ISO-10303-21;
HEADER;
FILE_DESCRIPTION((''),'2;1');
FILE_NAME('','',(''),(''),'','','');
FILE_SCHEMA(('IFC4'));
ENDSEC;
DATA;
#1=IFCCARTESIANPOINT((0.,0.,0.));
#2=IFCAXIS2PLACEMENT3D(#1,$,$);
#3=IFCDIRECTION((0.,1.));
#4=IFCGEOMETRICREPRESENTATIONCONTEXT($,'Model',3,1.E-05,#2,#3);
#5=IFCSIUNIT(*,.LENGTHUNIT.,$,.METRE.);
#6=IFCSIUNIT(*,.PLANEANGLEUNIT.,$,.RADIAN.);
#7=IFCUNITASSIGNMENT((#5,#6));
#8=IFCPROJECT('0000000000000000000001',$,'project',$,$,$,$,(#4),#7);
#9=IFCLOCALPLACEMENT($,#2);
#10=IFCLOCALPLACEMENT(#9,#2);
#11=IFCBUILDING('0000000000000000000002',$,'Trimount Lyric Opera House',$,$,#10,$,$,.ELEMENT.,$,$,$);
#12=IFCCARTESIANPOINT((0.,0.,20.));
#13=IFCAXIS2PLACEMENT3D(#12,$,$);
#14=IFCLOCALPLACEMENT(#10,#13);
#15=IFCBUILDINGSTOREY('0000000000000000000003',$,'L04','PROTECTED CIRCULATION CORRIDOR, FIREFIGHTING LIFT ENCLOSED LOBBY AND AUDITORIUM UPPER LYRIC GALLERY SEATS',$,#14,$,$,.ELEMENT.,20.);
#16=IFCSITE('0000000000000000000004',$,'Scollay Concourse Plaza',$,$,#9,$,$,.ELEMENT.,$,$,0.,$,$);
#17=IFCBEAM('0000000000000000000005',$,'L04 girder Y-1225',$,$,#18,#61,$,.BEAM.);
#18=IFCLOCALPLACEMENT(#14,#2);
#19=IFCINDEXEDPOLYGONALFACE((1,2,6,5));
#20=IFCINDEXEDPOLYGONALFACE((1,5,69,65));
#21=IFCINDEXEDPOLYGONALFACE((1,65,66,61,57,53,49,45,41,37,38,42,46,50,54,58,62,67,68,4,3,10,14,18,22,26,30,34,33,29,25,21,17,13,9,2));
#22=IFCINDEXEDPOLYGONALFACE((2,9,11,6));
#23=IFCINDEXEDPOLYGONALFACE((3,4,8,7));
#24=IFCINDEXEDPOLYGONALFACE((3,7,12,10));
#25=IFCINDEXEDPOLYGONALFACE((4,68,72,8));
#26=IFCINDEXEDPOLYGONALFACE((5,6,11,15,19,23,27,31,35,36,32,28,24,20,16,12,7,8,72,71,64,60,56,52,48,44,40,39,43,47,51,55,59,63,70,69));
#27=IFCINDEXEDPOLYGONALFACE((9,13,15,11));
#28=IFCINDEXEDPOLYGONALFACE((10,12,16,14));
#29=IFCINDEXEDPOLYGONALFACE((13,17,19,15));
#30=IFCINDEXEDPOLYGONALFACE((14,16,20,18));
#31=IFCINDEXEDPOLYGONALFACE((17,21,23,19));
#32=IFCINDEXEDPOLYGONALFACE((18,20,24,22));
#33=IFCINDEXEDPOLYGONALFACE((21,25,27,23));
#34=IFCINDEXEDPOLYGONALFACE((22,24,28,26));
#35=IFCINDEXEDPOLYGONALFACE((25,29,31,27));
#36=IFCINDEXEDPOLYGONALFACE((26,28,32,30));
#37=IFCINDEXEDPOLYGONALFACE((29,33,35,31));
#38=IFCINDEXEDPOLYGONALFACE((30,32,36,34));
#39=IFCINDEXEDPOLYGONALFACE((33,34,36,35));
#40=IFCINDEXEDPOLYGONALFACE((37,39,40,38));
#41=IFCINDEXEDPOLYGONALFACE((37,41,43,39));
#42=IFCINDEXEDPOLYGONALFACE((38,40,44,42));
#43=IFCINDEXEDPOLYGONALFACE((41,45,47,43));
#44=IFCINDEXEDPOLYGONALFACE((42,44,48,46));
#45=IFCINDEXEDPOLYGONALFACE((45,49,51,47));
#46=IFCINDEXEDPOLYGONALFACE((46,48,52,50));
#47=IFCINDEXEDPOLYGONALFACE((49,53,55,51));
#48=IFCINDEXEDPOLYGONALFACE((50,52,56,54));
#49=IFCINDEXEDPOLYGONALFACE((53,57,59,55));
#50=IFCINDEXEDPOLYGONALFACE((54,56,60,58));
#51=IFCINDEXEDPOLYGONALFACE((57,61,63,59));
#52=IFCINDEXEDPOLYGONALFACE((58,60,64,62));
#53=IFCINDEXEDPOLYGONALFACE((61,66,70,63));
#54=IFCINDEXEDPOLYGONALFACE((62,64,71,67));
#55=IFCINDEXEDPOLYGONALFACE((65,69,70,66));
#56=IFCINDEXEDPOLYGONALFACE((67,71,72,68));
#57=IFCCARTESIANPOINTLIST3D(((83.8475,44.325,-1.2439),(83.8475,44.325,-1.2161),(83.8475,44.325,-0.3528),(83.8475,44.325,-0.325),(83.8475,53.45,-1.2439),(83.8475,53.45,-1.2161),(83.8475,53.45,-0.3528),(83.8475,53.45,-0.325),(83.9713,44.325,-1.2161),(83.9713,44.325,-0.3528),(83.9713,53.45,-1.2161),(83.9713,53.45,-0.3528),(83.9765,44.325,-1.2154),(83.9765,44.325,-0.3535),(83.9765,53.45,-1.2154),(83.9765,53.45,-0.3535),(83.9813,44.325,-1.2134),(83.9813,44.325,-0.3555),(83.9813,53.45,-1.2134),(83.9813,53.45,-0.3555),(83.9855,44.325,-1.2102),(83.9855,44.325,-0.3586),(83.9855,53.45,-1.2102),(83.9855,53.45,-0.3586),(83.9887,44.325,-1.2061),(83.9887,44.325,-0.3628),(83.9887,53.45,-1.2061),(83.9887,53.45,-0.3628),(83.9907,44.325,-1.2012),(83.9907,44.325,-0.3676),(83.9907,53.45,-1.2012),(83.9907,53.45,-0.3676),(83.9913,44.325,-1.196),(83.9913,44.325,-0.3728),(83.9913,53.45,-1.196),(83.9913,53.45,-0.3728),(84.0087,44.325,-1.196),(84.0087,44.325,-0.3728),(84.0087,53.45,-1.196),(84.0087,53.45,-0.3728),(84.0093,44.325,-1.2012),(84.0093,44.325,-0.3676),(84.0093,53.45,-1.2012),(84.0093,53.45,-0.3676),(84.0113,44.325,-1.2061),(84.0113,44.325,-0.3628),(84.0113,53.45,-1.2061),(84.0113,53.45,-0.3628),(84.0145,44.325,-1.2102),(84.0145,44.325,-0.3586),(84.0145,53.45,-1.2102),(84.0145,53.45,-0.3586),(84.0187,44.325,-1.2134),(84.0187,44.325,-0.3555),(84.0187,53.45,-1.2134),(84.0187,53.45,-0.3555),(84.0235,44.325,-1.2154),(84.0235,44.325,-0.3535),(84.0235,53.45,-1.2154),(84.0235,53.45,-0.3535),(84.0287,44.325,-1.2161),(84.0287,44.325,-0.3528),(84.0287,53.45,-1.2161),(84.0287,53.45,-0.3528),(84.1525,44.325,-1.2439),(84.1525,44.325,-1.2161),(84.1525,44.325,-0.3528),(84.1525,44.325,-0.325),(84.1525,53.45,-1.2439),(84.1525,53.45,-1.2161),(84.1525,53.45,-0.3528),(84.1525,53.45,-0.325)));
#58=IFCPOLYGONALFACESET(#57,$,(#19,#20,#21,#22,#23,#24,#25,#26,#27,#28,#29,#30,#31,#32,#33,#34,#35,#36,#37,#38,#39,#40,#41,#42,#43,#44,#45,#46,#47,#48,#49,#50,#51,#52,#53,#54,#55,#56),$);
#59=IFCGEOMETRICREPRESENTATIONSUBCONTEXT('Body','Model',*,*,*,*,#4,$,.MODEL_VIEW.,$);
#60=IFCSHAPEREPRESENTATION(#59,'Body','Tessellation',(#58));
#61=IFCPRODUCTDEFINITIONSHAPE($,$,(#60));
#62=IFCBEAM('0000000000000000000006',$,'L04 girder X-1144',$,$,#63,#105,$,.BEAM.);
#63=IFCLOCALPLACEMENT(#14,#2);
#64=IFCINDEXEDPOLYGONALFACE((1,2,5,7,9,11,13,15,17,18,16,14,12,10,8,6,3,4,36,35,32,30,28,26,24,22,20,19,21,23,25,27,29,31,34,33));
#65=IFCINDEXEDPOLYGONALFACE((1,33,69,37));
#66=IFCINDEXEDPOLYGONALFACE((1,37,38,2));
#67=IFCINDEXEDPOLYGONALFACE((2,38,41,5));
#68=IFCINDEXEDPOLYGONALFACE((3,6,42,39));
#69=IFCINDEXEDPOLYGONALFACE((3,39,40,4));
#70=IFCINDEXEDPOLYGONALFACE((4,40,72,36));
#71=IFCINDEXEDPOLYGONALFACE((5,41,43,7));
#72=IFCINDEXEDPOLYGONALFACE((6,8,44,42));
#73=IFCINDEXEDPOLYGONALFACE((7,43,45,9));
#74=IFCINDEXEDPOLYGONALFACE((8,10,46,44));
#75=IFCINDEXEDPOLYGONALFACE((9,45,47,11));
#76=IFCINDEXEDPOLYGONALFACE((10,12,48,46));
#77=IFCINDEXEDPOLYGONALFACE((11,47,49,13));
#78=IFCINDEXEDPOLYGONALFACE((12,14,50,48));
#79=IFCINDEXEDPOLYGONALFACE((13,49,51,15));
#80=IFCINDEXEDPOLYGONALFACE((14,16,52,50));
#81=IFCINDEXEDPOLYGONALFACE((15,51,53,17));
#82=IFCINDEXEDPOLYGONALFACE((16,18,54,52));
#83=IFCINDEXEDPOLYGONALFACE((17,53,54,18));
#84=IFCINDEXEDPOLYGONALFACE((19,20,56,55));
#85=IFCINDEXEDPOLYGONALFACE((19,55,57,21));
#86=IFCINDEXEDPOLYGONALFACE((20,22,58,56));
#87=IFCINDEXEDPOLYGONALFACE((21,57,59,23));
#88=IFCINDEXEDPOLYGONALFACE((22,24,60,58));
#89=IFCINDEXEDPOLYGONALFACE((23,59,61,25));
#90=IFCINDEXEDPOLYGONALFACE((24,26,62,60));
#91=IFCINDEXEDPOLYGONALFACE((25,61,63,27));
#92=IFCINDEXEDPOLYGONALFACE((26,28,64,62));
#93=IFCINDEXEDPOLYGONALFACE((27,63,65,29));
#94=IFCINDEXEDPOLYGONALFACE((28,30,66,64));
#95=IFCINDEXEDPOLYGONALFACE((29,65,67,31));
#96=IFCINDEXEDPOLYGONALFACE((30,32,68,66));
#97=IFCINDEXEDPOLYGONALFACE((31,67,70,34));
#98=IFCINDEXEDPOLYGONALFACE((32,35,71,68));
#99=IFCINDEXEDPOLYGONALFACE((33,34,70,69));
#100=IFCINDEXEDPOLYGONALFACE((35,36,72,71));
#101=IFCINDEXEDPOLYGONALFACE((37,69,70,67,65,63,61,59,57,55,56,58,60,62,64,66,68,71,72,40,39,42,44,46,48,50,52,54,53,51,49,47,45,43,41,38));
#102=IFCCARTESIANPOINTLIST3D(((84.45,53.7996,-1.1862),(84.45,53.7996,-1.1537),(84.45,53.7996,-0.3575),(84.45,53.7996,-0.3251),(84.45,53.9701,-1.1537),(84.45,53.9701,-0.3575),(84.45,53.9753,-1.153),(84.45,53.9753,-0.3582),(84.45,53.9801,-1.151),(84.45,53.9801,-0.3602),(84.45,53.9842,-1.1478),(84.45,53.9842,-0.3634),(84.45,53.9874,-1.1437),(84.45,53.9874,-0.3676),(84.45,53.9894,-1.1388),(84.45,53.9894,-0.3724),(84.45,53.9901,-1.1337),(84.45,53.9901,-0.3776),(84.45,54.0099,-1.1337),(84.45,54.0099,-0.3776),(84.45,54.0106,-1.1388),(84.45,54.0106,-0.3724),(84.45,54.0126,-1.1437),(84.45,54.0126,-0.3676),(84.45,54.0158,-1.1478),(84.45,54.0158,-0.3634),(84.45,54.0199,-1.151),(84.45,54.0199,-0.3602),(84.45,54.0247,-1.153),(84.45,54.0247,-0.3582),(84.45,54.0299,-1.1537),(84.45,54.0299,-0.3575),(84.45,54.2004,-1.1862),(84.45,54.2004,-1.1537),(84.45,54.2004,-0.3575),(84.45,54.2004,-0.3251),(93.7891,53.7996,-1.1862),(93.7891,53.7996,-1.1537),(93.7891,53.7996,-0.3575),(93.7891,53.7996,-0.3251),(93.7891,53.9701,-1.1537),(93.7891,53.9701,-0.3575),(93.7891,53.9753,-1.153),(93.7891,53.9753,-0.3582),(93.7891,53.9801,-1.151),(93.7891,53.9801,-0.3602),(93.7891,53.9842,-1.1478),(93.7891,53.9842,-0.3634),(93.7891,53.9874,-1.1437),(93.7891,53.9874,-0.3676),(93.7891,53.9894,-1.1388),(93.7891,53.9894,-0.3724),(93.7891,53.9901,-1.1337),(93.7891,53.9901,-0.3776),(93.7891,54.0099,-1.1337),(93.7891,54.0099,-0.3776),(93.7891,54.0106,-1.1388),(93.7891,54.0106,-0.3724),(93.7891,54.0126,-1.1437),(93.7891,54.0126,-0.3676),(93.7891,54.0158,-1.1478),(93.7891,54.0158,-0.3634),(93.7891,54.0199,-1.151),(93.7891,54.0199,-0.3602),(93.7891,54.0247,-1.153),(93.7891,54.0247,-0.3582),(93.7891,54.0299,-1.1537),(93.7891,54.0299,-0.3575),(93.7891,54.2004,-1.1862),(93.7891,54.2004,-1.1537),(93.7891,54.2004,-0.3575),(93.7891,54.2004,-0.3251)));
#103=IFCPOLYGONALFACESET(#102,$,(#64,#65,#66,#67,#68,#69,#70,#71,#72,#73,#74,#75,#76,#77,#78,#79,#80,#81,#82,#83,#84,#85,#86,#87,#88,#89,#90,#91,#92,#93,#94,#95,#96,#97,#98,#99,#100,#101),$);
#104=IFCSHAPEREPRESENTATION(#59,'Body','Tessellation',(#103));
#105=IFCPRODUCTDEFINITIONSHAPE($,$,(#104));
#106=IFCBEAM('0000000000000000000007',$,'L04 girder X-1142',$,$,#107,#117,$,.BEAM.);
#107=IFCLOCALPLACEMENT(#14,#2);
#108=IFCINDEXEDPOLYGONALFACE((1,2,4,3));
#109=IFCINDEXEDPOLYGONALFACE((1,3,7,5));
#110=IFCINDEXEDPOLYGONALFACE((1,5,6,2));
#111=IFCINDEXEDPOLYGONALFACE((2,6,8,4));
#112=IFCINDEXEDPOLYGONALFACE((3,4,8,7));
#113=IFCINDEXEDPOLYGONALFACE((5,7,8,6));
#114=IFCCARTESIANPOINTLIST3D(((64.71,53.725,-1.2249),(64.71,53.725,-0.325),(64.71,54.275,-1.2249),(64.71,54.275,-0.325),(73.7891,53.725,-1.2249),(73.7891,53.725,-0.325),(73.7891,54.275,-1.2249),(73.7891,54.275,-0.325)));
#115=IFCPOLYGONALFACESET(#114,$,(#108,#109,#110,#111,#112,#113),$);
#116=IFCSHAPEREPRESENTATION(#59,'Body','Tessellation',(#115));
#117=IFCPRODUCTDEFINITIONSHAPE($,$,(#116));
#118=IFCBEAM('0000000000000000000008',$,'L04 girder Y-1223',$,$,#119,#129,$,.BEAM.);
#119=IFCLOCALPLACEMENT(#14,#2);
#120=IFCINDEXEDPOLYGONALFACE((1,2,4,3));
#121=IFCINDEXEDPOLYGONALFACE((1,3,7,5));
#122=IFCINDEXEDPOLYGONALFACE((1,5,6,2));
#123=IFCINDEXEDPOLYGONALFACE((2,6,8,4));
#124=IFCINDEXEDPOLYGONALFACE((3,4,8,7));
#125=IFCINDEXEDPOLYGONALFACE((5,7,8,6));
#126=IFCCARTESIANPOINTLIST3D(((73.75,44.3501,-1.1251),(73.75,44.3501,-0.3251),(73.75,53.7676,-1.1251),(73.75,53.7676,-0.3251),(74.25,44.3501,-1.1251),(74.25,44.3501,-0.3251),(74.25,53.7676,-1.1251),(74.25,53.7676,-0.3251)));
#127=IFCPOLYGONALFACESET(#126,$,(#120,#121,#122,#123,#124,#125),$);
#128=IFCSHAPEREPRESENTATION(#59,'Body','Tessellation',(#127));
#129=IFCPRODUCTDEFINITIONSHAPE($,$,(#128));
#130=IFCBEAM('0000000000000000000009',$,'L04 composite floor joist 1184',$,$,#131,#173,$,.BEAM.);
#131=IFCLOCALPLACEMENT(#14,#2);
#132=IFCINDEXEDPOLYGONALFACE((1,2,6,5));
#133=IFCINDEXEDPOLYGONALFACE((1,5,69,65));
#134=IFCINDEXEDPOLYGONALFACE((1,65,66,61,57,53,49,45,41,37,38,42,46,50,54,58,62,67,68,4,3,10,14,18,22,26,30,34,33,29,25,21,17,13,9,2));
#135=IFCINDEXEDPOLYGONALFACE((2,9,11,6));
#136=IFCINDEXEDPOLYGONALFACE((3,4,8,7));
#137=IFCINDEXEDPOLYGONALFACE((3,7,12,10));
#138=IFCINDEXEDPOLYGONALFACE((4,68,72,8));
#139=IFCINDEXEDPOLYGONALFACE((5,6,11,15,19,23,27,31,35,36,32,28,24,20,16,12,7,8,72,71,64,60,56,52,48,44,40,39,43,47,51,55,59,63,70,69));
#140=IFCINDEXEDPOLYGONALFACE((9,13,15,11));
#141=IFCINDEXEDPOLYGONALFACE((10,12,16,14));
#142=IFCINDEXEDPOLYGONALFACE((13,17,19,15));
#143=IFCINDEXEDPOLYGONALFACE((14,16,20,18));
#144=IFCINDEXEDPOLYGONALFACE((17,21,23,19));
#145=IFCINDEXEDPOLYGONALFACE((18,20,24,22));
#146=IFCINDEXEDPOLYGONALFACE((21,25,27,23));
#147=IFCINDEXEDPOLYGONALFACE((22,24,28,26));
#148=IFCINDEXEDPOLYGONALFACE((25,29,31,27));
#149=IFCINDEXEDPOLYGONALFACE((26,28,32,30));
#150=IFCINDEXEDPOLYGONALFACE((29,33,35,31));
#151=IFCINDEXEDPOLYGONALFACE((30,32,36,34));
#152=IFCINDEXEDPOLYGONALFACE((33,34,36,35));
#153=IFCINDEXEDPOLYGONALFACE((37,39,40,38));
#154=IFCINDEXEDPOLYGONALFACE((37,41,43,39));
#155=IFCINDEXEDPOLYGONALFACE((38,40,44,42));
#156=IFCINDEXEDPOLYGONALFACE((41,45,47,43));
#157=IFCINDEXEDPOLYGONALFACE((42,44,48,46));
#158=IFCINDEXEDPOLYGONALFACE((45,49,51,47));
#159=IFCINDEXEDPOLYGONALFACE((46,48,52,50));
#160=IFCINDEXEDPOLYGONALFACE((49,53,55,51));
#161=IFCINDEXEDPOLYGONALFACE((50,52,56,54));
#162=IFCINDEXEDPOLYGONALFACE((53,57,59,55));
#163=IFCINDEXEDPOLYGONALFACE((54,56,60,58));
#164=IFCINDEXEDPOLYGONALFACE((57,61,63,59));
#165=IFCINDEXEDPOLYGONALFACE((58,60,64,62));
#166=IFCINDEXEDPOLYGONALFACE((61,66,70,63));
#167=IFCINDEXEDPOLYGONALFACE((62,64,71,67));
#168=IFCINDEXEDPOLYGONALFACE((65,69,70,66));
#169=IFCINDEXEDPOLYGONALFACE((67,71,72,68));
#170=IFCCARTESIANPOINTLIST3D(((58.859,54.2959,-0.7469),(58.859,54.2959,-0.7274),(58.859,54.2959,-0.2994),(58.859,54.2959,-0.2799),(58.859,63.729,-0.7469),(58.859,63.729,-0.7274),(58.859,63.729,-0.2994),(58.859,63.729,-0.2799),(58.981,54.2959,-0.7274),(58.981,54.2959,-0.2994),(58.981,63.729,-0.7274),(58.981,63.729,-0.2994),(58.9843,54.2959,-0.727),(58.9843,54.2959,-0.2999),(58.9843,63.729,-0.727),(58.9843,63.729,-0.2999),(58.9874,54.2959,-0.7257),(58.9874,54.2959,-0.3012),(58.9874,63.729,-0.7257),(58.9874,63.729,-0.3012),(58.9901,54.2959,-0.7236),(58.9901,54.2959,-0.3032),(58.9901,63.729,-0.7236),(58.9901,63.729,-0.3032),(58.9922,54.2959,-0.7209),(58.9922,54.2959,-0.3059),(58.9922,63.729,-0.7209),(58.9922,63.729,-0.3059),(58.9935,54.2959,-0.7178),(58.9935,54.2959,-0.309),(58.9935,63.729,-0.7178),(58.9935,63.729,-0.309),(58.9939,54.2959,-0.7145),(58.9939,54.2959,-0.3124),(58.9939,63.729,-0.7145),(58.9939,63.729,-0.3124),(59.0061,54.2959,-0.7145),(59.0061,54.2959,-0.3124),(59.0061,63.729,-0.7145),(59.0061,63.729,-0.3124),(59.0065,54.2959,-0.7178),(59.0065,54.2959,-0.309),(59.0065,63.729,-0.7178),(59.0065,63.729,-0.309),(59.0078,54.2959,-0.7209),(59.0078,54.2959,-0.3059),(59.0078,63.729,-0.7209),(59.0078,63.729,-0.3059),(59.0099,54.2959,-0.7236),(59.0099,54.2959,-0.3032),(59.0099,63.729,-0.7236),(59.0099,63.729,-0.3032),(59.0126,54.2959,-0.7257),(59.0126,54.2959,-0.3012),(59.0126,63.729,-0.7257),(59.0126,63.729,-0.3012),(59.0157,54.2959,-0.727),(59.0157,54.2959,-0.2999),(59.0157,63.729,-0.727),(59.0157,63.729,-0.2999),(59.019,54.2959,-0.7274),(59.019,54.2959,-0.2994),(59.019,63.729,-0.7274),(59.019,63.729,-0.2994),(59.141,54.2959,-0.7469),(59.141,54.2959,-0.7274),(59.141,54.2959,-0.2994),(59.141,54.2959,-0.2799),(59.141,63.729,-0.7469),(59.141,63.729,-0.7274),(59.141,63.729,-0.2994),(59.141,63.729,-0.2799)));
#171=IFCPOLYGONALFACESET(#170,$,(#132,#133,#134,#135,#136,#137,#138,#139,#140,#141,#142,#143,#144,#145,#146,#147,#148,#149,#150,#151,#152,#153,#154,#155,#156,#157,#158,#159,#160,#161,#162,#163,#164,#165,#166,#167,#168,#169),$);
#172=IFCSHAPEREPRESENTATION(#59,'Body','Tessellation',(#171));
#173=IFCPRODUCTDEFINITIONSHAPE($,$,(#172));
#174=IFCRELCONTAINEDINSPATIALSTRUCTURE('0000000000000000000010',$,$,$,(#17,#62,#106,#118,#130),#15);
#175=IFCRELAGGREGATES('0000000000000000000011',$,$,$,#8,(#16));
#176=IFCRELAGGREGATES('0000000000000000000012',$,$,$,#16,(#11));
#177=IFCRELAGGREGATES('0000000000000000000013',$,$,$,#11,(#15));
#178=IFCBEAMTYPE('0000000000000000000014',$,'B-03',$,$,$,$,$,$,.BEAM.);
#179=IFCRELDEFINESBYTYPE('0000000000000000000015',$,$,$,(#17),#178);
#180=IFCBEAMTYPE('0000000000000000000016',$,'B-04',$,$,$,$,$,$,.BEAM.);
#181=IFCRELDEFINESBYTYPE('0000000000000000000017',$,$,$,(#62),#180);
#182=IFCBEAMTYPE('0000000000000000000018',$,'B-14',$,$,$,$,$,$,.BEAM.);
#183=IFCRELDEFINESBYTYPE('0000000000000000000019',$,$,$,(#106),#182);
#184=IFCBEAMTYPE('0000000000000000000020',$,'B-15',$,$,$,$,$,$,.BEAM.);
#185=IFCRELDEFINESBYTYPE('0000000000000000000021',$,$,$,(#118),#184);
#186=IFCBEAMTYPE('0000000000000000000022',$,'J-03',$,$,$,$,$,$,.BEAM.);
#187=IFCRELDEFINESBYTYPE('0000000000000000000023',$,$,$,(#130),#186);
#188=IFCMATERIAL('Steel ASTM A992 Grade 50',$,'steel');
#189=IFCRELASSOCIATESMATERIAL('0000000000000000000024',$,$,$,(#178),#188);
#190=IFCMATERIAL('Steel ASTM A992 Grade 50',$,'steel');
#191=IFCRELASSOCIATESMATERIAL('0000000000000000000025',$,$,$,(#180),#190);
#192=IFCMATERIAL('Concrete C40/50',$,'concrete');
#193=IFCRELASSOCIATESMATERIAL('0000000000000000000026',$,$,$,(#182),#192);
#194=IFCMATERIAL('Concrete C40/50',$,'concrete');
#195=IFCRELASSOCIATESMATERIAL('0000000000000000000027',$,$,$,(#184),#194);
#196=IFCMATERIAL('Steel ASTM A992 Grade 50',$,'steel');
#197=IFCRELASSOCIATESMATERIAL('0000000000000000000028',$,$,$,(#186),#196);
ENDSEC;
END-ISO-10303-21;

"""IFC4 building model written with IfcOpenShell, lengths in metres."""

from ifc_helpers import new_model, si_unit, direction, frame, origin, origin_2d, place, context, subcontext, project, spatial, rectangle, i_section, extrude, material, material_profile, profile_set, type_object, element, save


model = new_model("IFC4")

# Units and contexts
model_context = context("Model", 3, precision=1e-05, world=origin(), true_north=direction((0.0, 1.0)))
body_context = subcontext(model_context, "Body", "Model", "MODEL_VIEW")
ifc_project = project(units=[si_unit("LENGTHUNIT", "METRE"), si_unit("PLANEANGLEUNIT", "RADIAN")], contexts=[model_context])

# Site, building, storey
site_placement = place(None, origin())
site = spatial("IfcSite", under=ifc_project, at=site_placement, Name="Scollay Concourse Plaza", CompositionType="ELEMENT", RefElevation=0.0)
building_placement = place(site_placement, origin())
building = spatial("IfcBuilding", under=site, at=building_placement, Name="Trimount Lyric Opera House", CompositionType="ELEMENT")
storey_placement = place(building_placement, frame((0.0, 0.0, 20.0)))
storey = spatial("IfcBuildingStorey", under=building, at=storey_placement, Name="L04", Description="PROTECTED CIRCULATION CORRIDOR, FIREFIGHTING LIFT ENCLOSED LOBBY AND AUDITORIUM UPPER LYRIC GALLERY SEATS", CompositionType="ELEMENT", Elevation=20.0)

# Beams
ifc_material_1 = material(Name="Steel ASTM A992 Grade 50", Category="steel")
ifc_material_profile_1 = material_profile(ifc_material_1, i_section(OverallWidth=0.3049, OverallDepth=0.9189, WebThickness=0.0173, FlangeThickness=0.0278, FilletRadius=0.02, at=origin_2d()), Name="W36X170")
ifc_profile_set_1 = profile_set([ifc_material_profile_1], Name="Steel ASTM A992 Grade 50")
beam_type_1 = type_object("IfcBeamType", Name="B-03", PredefinedType="BEAM", material=ifc_profile_set_1)
beam_1_placement = place(storey_placement, frame((84.0, 44.325, -0.7844), z_axis=(0.0, 1.0, 0.0), x_axis=(-1.0, 0.0, 0.0)))
element("IfcBeam", 1, at=beam_1_placement, inside=storey, type_object=beam_type_1, Name="L04 girder Y-1225", PredefinedType="BEAM", context=body_context, shape_type="SweptSolid", body=[
    extrude(i_section(OverallWidth=0.3049, OverallDepth=0.9189, WebThickness=0.0173, FlangeThickness=0.0278, FilletRadius=0.02, at=origin_2d()), origin(), (0.0, 0.0, 1.0), 9.125),
])
ifc_material_2 = material(Name="Steel ASTM A992 Grade 50", Category="steel")
ifc_material_profile_2 = material_profile(ifc_material_2, i_section(OverallWidth=0.4009, OverallDepth=0.8611, WebThickness=0.0198, FlangeThickness=0.0325, FilletRadius=0.02, at=origin_2d()), Name="W33X221")
ifc_profile_set_2 = profile_set([ifc_material_profile_2], Name="Steel ASTM A992 Grade 50")
beam_type_2 = type_object("IfcBeamType", Name="B-04", PredefinedType="BEAM", material=ifc_profile_set_2)
beam_2_placement = place(storey_placement, frame((84.45, 54.0, -0.7556), z_axis=(1.0, 0.0, 0.0), x_axis=(0.0, 1.0, 0.0)))
element("IfcBeam", 2, at=beam_2_placement, inside=storey, type_object=beam_type_2, Name="L04 girder X-1144", PredefinedType="BEAM", context=body_context, shape_type="SweptSolid", body=[
    extrude(i_section(OverallWidth=0.4009, OverallDepth=0.8611, WebThickness=0.0198, FlangeThickness=0.0325, FilletRadius=0.02, at=origin_2d()), origin(), (0.0, 0.0, 1.0), 9.3391),
])
ifc_material_3 = material(Name="Concrete C40/50", Category="concrete")
ifc_material_profile_3 = material_profile(ifc_material_3, rectangle(XDim=0.55, YDim=0.8999, at=origin_2d()), Name="RC550X900")
ifc_profile_set_3 = profile_set([ifc_material_profile_3], Name="Concrete C40/50")
beam_type_3 = type_object("IfcBeamType", Name="B-14", PredefinedType="BEAM", material=ifc_profile_set_3)
beam_3_placement = place(storey_placement, frame((64.71, 54.0, -0.7749), z_axis=(1.0, 0.0, 0.0), x_axis=(0.0, 1.0, 0.0)))
element("IfcBeam", 3, at=beam_3_placement, inside=storey, type_object=beam_type_3, Name="L04 girder X-1142", PredefinedType="BEAM", context=body_context, shape_type="SweptSolid", body=[
    extrude(rectangle(XDim=0.55, YDim=0.8999, at=origin_2d()), origin(), (0.0, 0.0, 1.0), 9.0791),
])
ifc_material_4 = material(Name="Concrete C40/50", Category="concrete")
ifc_material_profile_4 = material_profile(ifc_material_4, rectangle(XDim=0.5, YDim=0.8, at=origin_2d()), Name="RC500X800")
ifc_profile_set_4 = profile_set([ifc_material_profile_4], Name="Concrete C40/50")
beam_type_4 = type_object("IfcBeamType", Name="B-15", PredefinedType="BEAM", material=ifc_profile_set_4)
beam_4_placement = place(storey_placement, frame((74.0, 44.3501, -0.7251), z_axis=(0.0, 1.0, 0.0), x_axis=(-1.0, 0.0, 0.0)))
element("IfcBeam", 4, at=beam_4_placement, inside=storey, type_object=beam_type_4, Name="L04 girder Y-1223", PredefinedType="BEAM", context=body_context, shape_type="SweptSolid", body=[
    extrude(rectangle(XDim=0.5, YDim=0.8, at=origin_2d()), origin(), (0.0, 0.0, 1.0), 9.4175),
])
ifc_material_5 = material(Name="Steel ASTM A992 Grade 50", Category="steel")
ifc_material_profile_5 = material_profile(ifc_material_5, i_section(OverallWidth=0.282, OverallDepth=0.467, WebThickness=0.0122, FlangeThickness=0.0195, FilletRadius=0.0129, at=origin_2d()), Name="W18X86")
ifc_profile_set_5 = profile_set([ifc_material_profile_5], Name="Steel ASTM A992 Grade 50")
beam_type_5 = type_object("IfcBeamType", Name="J-03", PredefinedType="BEAM", material=ifc_profile_set_5)
beam_5_placement = place(storey_placement, frame((59.0, 54.2959, -0.5134), z_axis=(0.0, 1.0, 0.0), x_axis=(-1.0, 0.0, 0.0)))
element("IfcBeam", 5, at=beam_5_placement, inside=storey, type_object=beam_type_5, Name="L04 composite floor joist 1184", PredefinedType="BEAM", context=body_context, shape_type="SweptSolid", body=[
    extrude(i_section(OverallWidth=0.282, OverallDepth=0.467, WebThickness=0.0122, FlangeThickness=0.0195, FilletRadius=0.0129, at=origin_2d()), origin(), (0.0, 0.0, 1.0), 9.4331),
])

save(model, "model.ifc")
